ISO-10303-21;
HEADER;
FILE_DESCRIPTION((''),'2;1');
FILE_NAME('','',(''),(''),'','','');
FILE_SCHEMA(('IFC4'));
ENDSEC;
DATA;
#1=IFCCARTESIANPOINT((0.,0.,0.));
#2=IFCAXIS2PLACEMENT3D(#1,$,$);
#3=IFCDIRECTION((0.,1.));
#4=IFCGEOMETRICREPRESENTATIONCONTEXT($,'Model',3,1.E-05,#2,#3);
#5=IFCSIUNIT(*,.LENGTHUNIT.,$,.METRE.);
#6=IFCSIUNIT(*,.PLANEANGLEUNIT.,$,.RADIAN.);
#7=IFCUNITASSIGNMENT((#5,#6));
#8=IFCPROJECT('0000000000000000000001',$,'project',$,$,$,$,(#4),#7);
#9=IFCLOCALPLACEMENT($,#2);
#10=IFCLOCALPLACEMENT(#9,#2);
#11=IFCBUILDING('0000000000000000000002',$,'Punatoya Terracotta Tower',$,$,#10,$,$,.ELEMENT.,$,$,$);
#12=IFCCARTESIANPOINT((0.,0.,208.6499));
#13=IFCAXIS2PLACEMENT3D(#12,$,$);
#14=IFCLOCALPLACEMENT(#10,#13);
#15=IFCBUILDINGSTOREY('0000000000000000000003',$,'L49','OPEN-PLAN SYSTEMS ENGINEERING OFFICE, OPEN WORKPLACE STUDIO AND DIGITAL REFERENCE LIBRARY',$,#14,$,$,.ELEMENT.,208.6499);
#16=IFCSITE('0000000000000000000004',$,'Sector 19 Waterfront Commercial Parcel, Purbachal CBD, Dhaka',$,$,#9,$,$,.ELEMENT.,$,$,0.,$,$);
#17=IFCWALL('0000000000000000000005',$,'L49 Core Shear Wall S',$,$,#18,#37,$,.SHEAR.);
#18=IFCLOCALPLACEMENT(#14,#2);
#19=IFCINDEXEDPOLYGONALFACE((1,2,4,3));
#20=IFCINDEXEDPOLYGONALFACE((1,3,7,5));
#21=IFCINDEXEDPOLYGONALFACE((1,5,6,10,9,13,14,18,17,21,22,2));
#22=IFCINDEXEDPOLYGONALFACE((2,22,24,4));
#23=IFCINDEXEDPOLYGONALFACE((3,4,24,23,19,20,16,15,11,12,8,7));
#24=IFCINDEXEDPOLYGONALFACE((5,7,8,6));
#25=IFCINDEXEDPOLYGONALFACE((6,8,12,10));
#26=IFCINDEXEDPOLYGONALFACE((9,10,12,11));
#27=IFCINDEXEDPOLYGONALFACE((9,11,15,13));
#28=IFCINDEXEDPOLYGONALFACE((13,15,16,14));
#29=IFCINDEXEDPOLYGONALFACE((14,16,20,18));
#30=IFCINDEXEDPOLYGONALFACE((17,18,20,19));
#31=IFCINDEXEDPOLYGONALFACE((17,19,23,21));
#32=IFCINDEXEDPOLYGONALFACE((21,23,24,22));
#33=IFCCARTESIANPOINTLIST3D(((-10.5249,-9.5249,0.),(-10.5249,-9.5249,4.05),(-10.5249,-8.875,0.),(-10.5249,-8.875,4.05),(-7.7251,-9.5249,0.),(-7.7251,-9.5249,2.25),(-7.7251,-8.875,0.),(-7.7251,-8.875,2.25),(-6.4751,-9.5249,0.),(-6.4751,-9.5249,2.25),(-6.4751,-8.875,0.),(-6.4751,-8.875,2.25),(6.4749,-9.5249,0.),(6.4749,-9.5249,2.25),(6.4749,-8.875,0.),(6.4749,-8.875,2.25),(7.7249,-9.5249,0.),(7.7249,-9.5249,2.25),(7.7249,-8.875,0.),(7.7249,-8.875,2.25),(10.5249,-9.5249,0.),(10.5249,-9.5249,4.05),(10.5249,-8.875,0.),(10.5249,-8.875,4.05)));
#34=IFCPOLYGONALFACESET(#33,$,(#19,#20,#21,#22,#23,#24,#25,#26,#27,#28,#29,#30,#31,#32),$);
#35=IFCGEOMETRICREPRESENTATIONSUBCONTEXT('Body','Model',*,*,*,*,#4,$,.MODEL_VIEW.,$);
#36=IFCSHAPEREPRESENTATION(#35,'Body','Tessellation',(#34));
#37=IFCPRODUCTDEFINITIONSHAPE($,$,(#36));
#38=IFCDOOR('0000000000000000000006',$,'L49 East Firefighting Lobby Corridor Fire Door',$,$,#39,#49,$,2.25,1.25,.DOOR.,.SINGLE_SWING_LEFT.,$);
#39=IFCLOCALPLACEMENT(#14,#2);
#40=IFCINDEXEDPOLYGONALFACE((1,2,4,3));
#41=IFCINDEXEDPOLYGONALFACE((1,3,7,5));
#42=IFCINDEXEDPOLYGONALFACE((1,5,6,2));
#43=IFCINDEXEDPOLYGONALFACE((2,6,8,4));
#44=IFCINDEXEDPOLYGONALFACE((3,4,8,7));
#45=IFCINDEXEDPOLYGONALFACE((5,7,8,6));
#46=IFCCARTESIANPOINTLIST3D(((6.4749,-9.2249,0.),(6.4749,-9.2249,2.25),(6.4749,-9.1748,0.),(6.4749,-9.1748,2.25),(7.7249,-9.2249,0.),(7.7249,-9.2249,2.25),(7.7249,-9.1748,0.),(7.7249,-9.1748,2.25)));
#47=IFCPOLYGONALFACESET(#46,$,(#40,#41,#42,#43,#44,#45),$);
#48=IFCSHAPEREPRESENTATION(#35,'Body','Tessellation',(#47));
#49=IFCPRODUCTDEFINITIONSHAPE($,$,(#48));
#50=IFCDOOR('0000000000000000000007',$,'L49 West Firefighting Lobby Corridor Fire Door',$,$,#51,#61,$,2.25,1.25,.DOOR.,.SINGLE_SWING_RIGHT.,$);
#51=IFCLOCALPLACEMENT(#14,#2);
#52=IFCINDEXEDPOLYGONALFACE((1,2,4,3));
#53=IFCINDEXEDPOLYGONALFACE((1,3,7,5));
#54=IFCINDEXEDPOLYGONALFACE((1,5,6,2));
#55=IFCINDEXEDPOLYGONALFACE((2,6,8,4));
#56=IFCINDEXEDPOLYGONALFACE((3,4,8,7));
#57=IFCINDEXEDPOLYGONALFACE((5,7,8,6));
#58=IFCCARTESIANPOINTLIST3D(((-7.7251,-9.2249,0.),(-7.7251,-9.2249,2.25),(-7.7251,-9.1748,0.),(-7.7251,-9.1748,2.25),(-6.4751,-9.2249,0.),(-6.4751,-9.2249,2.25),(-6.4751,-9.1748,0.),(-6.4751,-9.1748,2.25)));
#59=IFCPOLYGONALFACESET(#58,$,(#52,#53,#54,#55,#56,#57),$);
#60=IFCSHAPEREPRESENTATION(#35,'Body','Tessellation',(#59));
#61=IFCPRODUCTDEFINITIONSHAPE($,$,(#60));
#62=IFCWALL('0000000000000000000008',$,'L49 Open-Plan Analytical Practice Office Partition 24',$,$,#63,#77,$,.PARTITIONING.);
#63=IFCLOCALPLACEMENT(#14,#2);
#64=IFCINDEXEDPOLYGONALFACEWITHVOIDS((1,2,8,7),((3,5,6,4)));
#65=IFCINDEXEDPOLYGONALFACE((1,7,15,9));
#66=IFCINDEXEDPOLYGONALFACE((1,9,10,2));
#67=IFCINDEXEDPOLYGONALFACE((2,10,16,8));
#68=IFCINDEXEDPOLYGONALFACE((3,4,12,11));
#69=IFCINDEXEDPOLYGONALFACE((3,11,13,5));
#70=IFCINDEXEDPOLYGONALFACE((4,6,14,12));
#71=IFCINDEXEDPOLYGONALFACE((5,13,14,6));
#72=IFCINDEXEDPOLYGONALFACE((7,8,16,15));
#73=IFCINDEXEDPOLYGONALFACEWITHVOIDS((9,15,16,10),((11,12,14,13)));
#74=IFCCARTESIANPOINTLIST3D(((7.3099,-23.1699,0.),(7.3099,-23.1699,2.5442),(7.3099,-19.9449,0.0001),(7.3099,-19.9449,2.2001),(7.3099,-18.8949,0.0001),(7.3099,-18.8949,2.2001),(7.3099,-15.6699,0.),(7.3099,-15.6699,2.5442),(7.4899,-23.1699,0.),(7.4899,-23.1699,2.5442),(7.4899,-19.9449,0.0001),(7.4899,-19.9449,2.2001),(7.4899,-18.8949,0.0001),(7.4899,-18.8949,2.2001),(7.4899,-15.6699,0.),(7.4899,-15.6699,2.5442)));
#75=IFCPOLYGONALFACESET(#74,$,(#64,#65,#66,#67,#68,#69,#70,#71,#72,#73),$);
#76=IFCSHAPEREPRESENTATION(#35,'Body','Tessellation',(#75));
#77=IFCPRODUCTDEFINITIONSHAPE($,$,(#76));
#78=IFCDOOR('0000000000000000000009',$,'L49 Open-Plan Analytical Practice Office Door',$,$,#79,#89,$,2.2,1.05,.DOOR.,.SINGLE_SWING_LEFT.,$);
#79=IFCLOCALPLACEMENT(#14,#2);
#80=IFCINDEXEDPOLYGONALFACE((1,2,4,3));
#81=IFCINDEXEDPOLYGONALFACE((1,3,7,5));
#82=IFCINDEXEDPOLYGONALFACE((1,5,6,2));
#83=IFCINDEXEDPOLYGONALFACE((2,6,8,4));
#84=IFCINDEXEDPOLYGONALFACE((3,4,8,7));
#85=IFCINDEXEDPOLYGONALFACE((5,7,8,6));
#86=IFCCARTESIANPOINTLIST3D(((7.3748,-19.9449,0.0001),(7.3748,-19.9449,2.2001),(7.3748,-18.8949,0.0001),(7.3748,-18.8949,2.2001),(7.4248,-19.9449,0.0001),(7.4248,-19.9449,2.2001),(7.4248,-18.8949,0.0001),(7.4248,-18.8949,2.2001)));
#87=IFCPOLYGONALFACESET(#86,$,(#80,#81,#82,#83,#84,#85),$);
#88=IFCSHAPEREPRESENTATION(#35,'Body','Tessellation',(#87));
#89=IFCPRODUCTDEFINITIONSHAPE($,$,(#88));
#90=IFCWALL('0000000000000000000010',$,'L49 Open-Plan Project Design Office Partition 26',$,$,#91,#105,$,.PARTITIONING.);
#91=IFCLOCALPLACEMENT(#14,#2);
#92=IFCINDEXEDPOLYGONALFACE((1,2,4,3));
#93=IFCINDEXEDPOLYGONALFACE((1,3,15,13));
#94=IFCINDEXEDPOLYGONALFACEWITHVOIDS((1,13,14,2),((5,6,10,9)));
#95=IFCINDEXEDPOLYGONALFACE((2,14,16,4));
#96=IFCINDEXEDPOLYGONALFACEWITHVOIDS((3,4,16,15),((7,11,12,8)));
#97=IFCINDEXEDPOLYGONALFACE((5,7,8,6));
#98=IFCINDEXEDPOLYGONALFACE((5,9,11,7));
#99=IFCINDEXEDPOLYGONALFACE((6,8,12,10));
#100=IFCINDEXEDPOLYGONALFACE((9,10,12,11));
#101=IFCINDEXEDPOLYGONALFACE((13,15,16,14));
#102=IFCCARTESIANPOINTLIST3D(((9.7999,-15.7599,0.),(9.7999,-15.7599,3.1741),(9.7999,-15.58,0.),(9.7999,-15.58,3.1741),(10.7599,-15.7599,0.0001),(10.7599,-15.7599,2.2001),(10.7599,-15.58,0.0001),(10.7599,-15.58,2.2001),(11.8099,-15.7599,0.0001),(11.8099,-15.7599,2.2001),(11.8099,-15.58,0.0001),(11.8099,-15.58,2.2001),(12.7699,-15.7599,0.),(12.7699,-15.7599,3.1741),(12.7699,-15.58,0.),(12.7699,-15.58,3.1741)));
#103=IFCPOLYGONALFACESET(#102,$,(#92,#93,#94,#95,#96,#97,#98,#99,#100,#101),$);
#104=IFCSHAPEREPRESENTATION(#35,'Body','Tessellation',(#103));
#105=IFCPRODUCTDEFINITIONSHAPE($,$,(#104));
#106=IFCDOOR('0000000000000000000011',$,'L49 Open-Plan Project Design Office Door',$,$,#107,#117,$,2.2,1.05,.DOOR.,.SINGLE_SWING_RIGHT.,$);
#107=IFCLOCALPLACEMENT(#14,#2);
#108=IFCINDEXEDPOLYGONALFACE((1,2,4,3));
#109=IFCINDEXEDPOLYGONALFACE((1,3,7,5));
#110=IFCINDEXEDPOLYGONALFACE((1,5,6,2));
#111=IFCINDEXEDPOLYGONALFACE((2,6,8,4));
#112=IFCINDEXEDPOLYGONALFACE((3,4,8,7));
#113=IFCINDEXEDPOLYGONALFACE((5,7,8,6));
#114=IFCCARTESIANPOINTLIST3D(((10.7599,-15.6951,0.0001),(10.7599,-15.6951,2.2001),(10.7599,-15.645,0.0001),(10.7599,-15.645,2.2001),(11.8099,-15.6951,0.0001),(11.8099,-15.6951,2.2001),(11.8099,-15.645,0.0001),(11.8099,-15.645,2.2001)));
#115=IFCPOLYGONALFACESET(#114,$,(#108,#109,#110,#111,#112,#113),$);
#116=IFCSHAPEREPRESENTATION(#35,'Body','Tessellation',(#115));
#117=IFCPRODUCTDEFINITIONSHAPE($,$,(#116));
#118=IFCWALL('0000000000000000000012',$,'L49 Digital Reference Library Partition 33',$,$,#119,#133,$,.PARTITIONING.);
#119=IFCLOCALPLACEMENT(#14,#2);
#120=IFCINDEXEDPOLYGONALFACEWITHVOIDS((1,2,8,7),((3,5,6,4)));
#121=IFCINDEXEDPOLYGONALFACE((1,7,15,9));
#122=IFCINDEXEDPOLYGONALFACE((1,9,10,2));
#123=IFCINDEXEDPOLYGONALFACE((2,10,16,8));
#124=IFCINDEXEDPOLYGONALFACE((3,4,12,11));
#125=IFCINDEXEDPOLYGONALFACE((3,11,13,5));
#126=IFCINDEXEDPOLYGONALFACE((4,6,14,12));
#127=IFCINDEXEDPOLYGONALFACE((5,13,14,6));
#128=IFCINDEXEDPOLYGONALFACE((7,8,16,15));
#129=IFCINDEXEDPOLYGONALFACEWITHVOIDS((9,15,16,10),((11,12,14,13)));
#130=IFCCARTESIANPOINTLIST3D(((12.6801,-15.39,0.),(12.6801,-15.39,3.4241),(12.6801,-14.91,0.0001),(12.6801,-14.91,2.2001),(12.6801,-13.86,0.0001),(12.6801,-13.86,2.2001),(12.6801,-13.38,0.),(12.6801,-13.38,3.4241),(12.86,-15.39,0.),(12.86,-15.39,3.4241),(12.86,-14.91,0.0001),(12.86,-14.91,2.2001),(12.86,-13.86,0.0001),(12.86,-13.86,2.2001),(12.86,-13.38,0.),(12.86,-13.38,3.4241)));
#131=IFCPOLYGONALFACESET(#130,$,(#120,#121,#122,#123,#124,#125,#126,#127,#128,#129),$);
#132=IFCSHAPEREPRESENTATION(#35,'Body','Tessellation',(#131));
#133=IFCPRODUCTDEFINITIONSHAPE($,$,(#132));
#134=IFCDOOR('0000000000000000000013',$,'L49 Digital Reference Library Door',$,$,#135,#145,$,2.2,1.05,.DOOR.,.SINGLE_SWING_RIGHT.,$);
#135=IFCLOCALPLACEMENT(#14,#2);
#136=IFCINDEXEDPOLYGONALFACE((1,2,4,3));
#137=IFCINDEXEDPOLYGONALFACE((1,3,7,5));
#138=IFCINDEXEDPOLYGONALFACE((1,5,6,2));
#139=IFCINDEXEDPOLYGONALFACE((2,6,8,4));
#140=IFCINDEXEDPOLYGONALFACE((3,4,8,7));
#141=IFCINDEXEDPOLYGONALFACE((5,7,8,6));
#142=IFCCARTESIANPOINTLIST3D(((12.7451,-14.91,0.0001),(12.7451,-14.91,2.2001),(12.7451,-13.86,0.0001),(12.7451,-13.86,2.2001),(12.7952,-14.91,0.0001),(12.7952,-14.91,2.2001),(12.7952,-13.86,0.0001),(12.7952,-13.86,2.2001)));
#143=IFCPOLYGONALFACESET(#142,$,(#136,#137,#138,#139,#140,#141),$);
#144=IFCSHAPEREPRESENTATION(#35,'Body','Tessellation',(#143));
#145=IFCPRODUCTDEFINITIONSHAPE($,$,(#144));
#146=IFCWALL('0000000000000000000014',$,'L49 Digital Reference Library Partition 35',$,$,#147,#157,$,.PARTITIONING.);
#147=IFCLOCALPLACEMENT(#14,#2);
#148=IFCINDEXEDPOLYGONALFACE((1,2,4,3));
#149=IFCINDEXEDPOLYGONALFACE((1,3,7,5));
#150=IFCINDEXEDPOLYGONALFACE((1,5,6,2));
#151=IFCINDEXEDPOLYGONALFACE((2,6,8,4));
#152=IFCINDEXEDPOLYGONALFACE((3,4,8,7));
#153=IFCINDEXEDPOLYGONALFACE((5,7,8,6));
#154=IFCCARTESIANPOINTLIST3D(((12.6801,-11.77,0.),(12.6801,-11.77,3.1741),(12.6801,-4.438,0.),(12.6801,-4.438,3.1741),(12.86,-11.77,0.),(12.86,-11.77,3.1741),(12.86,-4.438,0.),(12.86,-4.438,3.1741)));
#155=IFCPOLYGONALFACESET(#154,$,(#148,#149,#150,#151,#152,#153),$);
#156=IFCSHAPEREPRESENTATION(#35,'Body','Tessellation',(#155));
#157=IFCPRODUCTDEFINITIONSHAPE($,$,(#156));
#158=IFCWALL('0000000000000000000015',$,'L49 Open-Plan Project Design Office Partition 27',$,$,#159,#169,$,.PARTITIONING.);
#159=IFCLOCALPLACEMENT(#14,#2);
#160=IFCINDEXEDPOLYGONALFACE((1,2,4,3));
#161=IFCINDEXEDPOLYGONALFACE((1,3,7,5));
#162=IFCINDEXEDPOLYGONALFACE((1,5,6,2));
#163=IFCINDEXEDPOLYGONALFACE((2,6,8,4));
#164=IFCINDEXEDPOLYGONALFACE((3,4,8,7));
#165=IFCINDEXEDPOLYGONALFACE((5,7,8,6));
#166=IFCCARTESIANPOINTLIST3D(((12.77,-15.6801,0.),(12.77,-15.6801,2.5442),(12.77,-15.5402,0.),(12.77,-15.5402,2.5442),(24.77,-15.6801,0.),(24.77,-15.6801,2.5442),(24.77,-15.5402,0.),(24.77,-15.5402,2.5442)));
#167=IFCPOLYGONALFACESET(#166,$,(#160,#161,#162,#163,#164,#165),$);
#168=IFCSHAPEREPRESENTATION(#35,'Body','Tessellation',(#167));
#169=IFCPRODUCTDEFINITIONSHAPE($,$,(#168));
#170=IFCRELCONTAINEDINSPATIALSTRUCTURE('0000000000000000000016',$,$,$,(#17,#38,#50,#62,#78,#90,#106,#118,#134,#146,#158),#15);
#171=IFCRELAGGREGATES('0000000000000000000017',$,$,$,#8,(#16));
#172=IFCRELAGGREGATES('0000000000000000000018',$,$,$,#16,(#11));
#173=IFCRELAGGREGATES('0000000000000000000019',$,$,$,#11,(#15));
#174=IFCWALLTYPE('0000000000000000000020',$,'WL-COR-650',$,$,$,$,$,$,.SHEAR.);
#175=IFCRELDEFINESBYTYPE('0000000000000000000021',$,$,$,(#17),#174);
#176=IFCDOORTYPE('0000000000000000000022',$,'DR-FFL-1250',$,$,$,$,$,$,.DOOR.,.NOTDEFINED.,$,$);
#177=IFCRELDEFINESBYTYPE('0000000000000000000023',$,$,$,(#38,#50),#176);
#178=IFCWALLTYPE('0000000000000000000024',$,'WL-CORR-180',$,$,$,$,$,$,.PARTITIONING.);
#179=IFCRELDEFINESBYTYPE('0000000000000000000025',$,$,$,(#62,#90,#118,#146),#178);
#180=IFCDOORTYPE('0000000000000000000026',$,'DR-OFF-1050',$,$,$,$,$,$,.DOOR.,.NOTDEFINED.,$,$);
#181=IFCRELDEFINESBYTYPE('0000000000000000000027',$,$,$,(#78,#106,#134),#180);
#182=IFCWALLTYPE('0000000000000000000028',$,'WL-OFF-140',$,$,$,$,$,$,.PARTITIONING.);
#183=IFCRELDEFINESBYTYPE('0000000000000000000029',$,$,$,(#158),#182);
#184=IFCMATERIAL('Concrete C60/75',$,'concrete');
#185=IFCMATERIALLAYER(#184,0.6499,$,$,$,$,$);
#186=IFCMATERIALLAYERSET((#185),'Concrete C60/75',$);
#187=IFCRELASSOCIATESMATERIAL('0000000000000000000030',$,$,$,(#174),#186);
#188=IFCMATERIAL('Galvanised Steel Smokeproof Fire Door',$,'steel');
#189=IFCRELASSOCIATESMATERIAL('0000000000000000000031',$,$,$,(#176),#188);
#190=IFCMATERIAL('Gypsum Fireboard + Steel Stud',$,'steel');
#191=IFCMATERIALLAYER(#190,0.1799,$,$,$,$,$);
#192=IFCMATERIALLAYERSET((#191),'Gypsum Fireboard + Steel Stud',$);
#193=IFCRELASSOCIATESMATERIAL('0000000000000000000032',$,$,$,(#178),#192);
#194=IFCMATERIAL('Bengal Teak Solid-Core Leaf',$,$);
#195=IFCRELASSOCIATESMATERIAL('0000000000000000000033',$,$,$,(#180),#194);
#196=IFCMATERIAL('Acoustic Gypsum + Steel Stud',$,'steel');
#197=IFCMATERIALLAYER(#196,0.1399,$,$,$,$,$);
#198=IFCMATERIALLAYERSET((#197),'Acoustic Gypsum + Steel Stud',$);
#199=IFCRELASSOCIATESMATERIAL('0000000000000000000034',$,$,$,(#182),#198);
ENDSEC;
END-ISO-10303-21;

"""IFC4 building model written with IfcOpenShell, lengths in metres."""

from ifc_helpers import new_model, si_unit, direction, frame, frame_2d, origin, place, context, subcontext, project, spatial, rectangle, extrude, material, layer, layer_set, type_object, element, fill, save


model = new_model("IFC4")

# Units and contexts
model_context = context("Model", 3, precision=1e-05, world=origin(), true_north=direction((0.0, 1.0)))
body_context = subcontext(model_context, "Body", "Model", "MODEL_VIEW")
ifc_project = project(units=[si_unit("LENGTHUNIT", "METRE"), si_unit("PLANEANGLEUNIT", "RADIAN")], contexts=[model_context])

# Site, building, storey
site_placement = place(None, origin())
site = spatial("IfcSite", under=ifc_project, at=site_placement, Name="Sector 19 Waterfront Commercial Parcel, Purbachal CBD, Dhaka", CompositionType="ELEMENT", RefElevation=0.0)
building_placement = place(site_placement, origin())
building = spatial("IfcBuilding", under=site, at=building_placement, Name="Punatoya Terracotta Tower", CompositionType="ELEMENT")
storey_placement = place(building_placement, frame((0.0, 0.0, 208.6499)))
storey = spatial("IfcBuildingStorey", under=building, at=storey_placement, Name="L49", Description="OPEN-PLAN SYSTEMS ENGINEERING OFFICE, OPEN WORKPLACE STUDIO AND DIGITAL REFERENCE LIBRARY", CompositionType="ELEMENT", Elevation=208.6499)

# Wall, openings, doors
ifc_material_1 = material(Name="Concrete C60/75", Category="concrete")
ifc_layer_1 = layer(ifc_material_1, 0.6499)
ifc_layer_set_1 = layer_set([ifc_layer_1], Name="Concrete C60/75")
wall_type_1 = type_object("IfcWallType", Name="WL-COR-650", PredefinedType="SHEAR", material=ifc_layer_set_1)
wall_1_placement = place(storey_placement, frame((10.5249, -9.2, 0.0), z_axis=(0.0, 0.0, 1.0), x_axis=(-1.0, 0.0, 0.0)))
wall_1 = element("IfcWall", 1, at=wall_1_placement, inside=storey, type_object=wall_type_1, Name="L49 Core Shear Wall S", PredefinedType="SHEAR", context=body_context, shape_type="SweptSolid", body=[
    extrude(rectangle(XDim=21.0498, YDim=0.6499, at=frame_2d((10.5249, 0.0))), origin(), (0.0, 0.0, 1.0), 4.05),
])
opening_1_placement = place(wall_1_placement, frame((2.8, 0.0, 0.0)))
opening_1 = element("IfcOpeningElement", 2, at=opening_1_placement, cuts=wall_1, PredefinedType="OPENING", context=body_context, shape_type="SweptSolid", body=[
    extrude(rectangle(XDim=1.25, YDim=2.25, at=frame_2d((0.625, 1.125))), frame((0.0, 0.335, 0.0), z_axis=(0.0, -1.0, 0.0), x_axis=(1.0, 0.0, 0.0)), (0.0, 0.0, 1.0), 0.6699),
])
opening_2_placement = place(wall_1_placement, frame((17.0, 0.0, 0.0)))
opening_2 = element("IfcOpeningElement", 3, at=opening_2_placement, cuts=wall_1, PredefinedType="OPENING", context=body_context, shape_type="SweptSolid", body=[
    extrude(rectangle(XDim=1.25, YDim=2.25, at=frame_2d((0.625, 1.125))), frame((0.0, 0.335, 0.0), z_axis=(0.0, -1.0, 0.0), x_axis=(1.0, 0.0, 0.0)), (0.0, 0.0, 1.0), 0.6699),
])
ifc_material_2 = material(Name="Galvanised Steel Smokeproof Fire Door", Category="steel")
door_type_1 = type_object("IfcDoorType", Name="DR-FFL-1250", OperationType="NOTDEFINED", PredefinedType="DOOR", material=ifc_material_2)
door_1_placement = place(opening_1_placement, origin())
door_1 = element("IfcDoor", 4, at=door_1_placement, inside=storey, type_object=door_type_1, Name="L49 East Firefighting Lobby Corridor Fire Door", OperationType="SINGLE_SWING_LEFT", OverallHeight=2.25, OverallWidth=1.25, PredefinedType="DOOR", context=body_context, shape_type="SweptSolid", body=[
    extrude(rectangle(XDim=1.25, YDim=2.25, at=frame_2d((0.625, 1.125))), frame((0.0, 0.0249, 0.0), z_axis=(0.0, -1.0, 0.0), x_axis=(1.0, 0.0, 0.0)), (0.0, 0.0, 1.0), 0.05),
])
fill(opening_1, door_1)
door_2_placement = place(opening_2_placement, origin())
door_2 = element("IfcDoor", 5, at=door_2_placement, inside=storey, type_object=door_type_1, Name="L49 West Firefighting Lobby Corridor Fire Door", OperationType="SINGLE_SWING_RIGHT", OverallHeight=2.25, OverallWidth=1.25, PredefinedType="DOOR", context=body_context, shape_type="SweptSolid", body=[
    extrude(rectangle(XDim=1.25, YDim=2.25, at=frame_2d((0.625, 1.125))), frame((0.0, 0.0249, 0.0), z_axis=(0.0, -1.0, 0.0), x_axis=(1.0, 0.0, 0.0)), (0.0, 0.0, 1.0), 0.05),
])
fill(opening_2, door_2)

# Walls, openings, doors
ifc_material_3 = material(Name="Gypsum Fireboard + Steel Stud", Category="steel")
ifc_layer_2 = layer(ifc_material_3, 0.1799)
ifc_layer_set_2 = layer_set([ifc_layer_2], Name="Gypsum Fireboard + Steel Stud")
wall_type_2 = type_object("IfcWallType", Name="WL-CORR-180", PredefinedType="PARTITIONING", material=ifc_layer_set_2)
wall_2_placement = place(storey_placement, frame((7.3999, -15.6699, 0.0), z_axis=(0.0, 0.0, 1.0), x_axis=(0.0, -1.0, 0.0)))
wall_2 = element("IfcWall", 6, at=wall_2_placement, inside=storey, type_object=wall_type_2, Name="L49 Open-Plan Analytical Practice Office Partition 24", PredefinedType="PARTITIONING", context=body_context, shape_type="SweptSolid", body=[
    extrude(rectangle(XDim=7.5, YDim=0.1799, at=frame_2d((3.75, 0.0))), origin(), (0.0, 0.0, 1.0), 2.5442),
])
opening_3_placement = place(wall_2_placement, frame((3.2251, 0.0, 0.0)))
opening_3 = element("IfcOpeningElement", 7, at=opening_3_placement, cuts=wall_2, PredefinedType="OPENING", context=body_context, shape_type="SweptSolid", body=[
    extrude(rectangle(XDim=1.05, YDim=2.2, at=frame_2d((0.5249, 1.1001))), frame((0.0, 0.0999, 0.0), z_axis=(0.0, -1.0, 0.0), x_axis=(1.0, 0.0, 0.0)), (0.0, 0.0, 1.0), 0.2),
])
ifc_material_4 = material(Name="Bengal Teak Solid-Core Leaf")
door_type_2 = type_object("IfcDoorType", Name="DR-OFF-1050", OperationType="NOTDEFINED", PredefinedType="DOOR", material=ifc_material_4)
door_3_placement = place(opening_3_placement, origin())
door_3 = element("IfcDoor", 8, at=door_3_placement, inside=storey, type_object=door_type_2, Name="L49 Open-Plan Analytical Practice Office Door", OperationType="SINGLE_SWING_LEFT", OverallHeight=2.2, OverallWidth=1.05, PredefinedType="DOOR", context=body_context, shape_type="SweptSolid", body=[
    extrude(rectangle(XDim=1.05, YDim=2.2, at=frame_2d((0.5249, 1.1001))), frame((0.0, 0.0249, 0.0), z_axis=(0.0, -1.0, 0.0), x_axis=(1.0, 0.0, 0.0)), (0.0, 0.0, 1.0), 0.05),
])
fill(opening_3, door_3)
wall_3_placement = place(storey_placement, frame((9.8, -15.6699, 0.0), z_axis=(0.0, 0.0, 1.0), x_axis=(1.0, 0.0, 0.0)))
wall_3 = element("IfcWall", 9, at=wall_3_placement, inside=storey, type_object=wall_type_2, Name="L49 Open-Plan Project Design Office Partition 26", PredefinedType="PARTITIONING", context=body_context, shape_type="SweptSolid", body=[
    extrude(rectangle(XDim=2.97, YDim=0.1799, at=frame_2d((1.4849, 0.0))), origin(), (0.0, 0.0, 1.0), 3.1741),
])
opening_4_placement = place(wall_3_placement, frame((0.96, 0.0, 0.0)))
opening_4 = element("IfcOpeningElement", 10, at=opening_4_placement, cuts=wall_3, PredefinedType="OPENING", context=body_context, shape_type="SweptSolid", body=[
    extrude(rectangle(XDim=1.05, YDim=2.2, at=frame_2d((0.5249, 1.1001))), frame((0.0, 0.0999, 0.0), z_axis=(0.0, -1.0, 0.0), x_axis=(1.0, 0.0, 0.0)), (0.0, 0.0, 1.0), 0.2),
])
door_4_placement = place(opening_4_placement, origin())
door_4 = element("IfcDoor", 11, at=door_4_placement, inside=storey, type_object=door_type_2, Name="L49 Open-Plan Project Design Office Door", OperationType="SINGLE_SWING_RIGHT", OverallHeight=2.2, OverallWidth=1.05, PredefinedType="DOOR", context=body_context, shape_type="SweptSolid", body=[
    extrude(rectangle(XDim=1.05, YDim=2.2, at=frame_2d((0.5249, 1.1001))), frame((0.0, 0.0249, 0.0), z_axis=(0.0, -1.0, 0.0), x_axis=(1.0, 0.0, 0.0)), (0.0, 0.0, 1.0), 0.05),
])
fill(opening_4, door_4)
wall_4_placement = place(storey_placement, frame((12.77, -15.3899, 0.0), z_axis=(0.0, 0.0, 1.0), x_axis=(0.0, 1.0, 0.0)))
wall_4 = element("IfcWall", 12, at=wall_4_placement, inside=storey, type_object=wall_type_2, Name="L49 Digital Reference Library Partition 33", PredefinedType="PARTITIONING", context=body_context, shape_type="SweptSolid", body=[
    extrude(rectangle(XDim=2.01, YDim=0.1799, at=frame_2d((1.0049, 0.0))), origin(), (0.0, 0.0, 1.0), 3.4241),
])
opening_5_placement = place(wall_4_placement, frame((0.48, 0.0, 0.0)))
opening_5 = element("IfcOpeningElement", 13, at=opening_5_placement, cuts=wall_4, PredefinedType="OPENING", context=body_context, shape_type="SweptSolid", body=[
    extrude(rectangle(XDim=1.05, YDim=2.2, at=frame_2d((0.5249, 1.1001))), frame((0.0, 0.0999, 0.0), z_axis=(0.0, -1.0, 0.0), x_axis=(1.0, 0.0, 0.0)), (0.0, 0.0, 1.0), 0.2),
])
door_5_placement = place(opening_5_placement, origin())
door_5 = element("IfcDoor", 14, at=door_5_placement, inside=storey, type_object=door_type_2, Name="L49 Digital Reference Library Door", OperationType="SINGLE_SWING_RIGHT", OverallHeight=2.2, OverallWidth=1.05, PredefinedType="DOOR", context=body_context, shape_type="SweptSolid", body=[
    extrude(rectangle(XDim=1.05, YDim=2.2, at=frame_2d((0.5249, 1.1001))), frame((0.0, 0.0249, 0.0), z_axis=(0.0, -1.0, 0.0), x_axis=(1.0, 0.0, 0.0)), (0.0, 0.0, 1.0), 0.05),
])
fill(opening_5, door_5)

# Walls
wall_5_placement = place(storey_placement, frame((12.77, -11.77, 0.0), z_axis=(0.0, 0.0, 1.0), x_axis=(0.0, 1.0, 0.0)))
element("IfcWall", 15, at=wall_5_placement, inside=storey, type_object=wall_type_2, Name="L49 Digital Reference Library Partition 35", PredefinedType="PARTITIONING", context=body_context, shape_type="SweptSolid", body=[
    extrude(rectangle(XDim=7.332, YDim=0.1799, at=frame_2d((3.666, 0.0))), origin(), (0.0, 0.0, 1.0), 3.1741),
])
ifc_material_5 = material(Name="Acoustic Gypsum + Steel Stud", Category="steel")
ifc_layer_3 = layer(ifc_material_5, 0.1399)
ifc_layer_set_3 = layer_set([ifc_layer_3], Name="Acoustic Gypsum + Steel Stud")
wall_type_3 = type_object("IfcWallType", Name="WL-OFF-140", PredefinedType="PARTITIONING", material=ifc_layer_set_3)
wall_6_placement = place(storey_placement, frame((12.77, -15.6101, 0.0), z_axis=(0.0, 0.0, 1.0), x_axis=(1.0, 0.0, 0.0)))
element("IfcWall", 16, at=wall_6_placement, inside=storey, type_object=wall_type_3, Name="L49 Open-Plan Project Design Office Partition 27", PredefinedType="PARTITIONING", context=body_context, shape_type="SweptSolid", body=[
    extrude(rectangle(XDim=12.0, YDim=0.1399, at=frame_2d((6.0, 0.0))), origin(), (0.0, 0.0, 1.0), 2.5442),
])

save(model, "model.ifc")
